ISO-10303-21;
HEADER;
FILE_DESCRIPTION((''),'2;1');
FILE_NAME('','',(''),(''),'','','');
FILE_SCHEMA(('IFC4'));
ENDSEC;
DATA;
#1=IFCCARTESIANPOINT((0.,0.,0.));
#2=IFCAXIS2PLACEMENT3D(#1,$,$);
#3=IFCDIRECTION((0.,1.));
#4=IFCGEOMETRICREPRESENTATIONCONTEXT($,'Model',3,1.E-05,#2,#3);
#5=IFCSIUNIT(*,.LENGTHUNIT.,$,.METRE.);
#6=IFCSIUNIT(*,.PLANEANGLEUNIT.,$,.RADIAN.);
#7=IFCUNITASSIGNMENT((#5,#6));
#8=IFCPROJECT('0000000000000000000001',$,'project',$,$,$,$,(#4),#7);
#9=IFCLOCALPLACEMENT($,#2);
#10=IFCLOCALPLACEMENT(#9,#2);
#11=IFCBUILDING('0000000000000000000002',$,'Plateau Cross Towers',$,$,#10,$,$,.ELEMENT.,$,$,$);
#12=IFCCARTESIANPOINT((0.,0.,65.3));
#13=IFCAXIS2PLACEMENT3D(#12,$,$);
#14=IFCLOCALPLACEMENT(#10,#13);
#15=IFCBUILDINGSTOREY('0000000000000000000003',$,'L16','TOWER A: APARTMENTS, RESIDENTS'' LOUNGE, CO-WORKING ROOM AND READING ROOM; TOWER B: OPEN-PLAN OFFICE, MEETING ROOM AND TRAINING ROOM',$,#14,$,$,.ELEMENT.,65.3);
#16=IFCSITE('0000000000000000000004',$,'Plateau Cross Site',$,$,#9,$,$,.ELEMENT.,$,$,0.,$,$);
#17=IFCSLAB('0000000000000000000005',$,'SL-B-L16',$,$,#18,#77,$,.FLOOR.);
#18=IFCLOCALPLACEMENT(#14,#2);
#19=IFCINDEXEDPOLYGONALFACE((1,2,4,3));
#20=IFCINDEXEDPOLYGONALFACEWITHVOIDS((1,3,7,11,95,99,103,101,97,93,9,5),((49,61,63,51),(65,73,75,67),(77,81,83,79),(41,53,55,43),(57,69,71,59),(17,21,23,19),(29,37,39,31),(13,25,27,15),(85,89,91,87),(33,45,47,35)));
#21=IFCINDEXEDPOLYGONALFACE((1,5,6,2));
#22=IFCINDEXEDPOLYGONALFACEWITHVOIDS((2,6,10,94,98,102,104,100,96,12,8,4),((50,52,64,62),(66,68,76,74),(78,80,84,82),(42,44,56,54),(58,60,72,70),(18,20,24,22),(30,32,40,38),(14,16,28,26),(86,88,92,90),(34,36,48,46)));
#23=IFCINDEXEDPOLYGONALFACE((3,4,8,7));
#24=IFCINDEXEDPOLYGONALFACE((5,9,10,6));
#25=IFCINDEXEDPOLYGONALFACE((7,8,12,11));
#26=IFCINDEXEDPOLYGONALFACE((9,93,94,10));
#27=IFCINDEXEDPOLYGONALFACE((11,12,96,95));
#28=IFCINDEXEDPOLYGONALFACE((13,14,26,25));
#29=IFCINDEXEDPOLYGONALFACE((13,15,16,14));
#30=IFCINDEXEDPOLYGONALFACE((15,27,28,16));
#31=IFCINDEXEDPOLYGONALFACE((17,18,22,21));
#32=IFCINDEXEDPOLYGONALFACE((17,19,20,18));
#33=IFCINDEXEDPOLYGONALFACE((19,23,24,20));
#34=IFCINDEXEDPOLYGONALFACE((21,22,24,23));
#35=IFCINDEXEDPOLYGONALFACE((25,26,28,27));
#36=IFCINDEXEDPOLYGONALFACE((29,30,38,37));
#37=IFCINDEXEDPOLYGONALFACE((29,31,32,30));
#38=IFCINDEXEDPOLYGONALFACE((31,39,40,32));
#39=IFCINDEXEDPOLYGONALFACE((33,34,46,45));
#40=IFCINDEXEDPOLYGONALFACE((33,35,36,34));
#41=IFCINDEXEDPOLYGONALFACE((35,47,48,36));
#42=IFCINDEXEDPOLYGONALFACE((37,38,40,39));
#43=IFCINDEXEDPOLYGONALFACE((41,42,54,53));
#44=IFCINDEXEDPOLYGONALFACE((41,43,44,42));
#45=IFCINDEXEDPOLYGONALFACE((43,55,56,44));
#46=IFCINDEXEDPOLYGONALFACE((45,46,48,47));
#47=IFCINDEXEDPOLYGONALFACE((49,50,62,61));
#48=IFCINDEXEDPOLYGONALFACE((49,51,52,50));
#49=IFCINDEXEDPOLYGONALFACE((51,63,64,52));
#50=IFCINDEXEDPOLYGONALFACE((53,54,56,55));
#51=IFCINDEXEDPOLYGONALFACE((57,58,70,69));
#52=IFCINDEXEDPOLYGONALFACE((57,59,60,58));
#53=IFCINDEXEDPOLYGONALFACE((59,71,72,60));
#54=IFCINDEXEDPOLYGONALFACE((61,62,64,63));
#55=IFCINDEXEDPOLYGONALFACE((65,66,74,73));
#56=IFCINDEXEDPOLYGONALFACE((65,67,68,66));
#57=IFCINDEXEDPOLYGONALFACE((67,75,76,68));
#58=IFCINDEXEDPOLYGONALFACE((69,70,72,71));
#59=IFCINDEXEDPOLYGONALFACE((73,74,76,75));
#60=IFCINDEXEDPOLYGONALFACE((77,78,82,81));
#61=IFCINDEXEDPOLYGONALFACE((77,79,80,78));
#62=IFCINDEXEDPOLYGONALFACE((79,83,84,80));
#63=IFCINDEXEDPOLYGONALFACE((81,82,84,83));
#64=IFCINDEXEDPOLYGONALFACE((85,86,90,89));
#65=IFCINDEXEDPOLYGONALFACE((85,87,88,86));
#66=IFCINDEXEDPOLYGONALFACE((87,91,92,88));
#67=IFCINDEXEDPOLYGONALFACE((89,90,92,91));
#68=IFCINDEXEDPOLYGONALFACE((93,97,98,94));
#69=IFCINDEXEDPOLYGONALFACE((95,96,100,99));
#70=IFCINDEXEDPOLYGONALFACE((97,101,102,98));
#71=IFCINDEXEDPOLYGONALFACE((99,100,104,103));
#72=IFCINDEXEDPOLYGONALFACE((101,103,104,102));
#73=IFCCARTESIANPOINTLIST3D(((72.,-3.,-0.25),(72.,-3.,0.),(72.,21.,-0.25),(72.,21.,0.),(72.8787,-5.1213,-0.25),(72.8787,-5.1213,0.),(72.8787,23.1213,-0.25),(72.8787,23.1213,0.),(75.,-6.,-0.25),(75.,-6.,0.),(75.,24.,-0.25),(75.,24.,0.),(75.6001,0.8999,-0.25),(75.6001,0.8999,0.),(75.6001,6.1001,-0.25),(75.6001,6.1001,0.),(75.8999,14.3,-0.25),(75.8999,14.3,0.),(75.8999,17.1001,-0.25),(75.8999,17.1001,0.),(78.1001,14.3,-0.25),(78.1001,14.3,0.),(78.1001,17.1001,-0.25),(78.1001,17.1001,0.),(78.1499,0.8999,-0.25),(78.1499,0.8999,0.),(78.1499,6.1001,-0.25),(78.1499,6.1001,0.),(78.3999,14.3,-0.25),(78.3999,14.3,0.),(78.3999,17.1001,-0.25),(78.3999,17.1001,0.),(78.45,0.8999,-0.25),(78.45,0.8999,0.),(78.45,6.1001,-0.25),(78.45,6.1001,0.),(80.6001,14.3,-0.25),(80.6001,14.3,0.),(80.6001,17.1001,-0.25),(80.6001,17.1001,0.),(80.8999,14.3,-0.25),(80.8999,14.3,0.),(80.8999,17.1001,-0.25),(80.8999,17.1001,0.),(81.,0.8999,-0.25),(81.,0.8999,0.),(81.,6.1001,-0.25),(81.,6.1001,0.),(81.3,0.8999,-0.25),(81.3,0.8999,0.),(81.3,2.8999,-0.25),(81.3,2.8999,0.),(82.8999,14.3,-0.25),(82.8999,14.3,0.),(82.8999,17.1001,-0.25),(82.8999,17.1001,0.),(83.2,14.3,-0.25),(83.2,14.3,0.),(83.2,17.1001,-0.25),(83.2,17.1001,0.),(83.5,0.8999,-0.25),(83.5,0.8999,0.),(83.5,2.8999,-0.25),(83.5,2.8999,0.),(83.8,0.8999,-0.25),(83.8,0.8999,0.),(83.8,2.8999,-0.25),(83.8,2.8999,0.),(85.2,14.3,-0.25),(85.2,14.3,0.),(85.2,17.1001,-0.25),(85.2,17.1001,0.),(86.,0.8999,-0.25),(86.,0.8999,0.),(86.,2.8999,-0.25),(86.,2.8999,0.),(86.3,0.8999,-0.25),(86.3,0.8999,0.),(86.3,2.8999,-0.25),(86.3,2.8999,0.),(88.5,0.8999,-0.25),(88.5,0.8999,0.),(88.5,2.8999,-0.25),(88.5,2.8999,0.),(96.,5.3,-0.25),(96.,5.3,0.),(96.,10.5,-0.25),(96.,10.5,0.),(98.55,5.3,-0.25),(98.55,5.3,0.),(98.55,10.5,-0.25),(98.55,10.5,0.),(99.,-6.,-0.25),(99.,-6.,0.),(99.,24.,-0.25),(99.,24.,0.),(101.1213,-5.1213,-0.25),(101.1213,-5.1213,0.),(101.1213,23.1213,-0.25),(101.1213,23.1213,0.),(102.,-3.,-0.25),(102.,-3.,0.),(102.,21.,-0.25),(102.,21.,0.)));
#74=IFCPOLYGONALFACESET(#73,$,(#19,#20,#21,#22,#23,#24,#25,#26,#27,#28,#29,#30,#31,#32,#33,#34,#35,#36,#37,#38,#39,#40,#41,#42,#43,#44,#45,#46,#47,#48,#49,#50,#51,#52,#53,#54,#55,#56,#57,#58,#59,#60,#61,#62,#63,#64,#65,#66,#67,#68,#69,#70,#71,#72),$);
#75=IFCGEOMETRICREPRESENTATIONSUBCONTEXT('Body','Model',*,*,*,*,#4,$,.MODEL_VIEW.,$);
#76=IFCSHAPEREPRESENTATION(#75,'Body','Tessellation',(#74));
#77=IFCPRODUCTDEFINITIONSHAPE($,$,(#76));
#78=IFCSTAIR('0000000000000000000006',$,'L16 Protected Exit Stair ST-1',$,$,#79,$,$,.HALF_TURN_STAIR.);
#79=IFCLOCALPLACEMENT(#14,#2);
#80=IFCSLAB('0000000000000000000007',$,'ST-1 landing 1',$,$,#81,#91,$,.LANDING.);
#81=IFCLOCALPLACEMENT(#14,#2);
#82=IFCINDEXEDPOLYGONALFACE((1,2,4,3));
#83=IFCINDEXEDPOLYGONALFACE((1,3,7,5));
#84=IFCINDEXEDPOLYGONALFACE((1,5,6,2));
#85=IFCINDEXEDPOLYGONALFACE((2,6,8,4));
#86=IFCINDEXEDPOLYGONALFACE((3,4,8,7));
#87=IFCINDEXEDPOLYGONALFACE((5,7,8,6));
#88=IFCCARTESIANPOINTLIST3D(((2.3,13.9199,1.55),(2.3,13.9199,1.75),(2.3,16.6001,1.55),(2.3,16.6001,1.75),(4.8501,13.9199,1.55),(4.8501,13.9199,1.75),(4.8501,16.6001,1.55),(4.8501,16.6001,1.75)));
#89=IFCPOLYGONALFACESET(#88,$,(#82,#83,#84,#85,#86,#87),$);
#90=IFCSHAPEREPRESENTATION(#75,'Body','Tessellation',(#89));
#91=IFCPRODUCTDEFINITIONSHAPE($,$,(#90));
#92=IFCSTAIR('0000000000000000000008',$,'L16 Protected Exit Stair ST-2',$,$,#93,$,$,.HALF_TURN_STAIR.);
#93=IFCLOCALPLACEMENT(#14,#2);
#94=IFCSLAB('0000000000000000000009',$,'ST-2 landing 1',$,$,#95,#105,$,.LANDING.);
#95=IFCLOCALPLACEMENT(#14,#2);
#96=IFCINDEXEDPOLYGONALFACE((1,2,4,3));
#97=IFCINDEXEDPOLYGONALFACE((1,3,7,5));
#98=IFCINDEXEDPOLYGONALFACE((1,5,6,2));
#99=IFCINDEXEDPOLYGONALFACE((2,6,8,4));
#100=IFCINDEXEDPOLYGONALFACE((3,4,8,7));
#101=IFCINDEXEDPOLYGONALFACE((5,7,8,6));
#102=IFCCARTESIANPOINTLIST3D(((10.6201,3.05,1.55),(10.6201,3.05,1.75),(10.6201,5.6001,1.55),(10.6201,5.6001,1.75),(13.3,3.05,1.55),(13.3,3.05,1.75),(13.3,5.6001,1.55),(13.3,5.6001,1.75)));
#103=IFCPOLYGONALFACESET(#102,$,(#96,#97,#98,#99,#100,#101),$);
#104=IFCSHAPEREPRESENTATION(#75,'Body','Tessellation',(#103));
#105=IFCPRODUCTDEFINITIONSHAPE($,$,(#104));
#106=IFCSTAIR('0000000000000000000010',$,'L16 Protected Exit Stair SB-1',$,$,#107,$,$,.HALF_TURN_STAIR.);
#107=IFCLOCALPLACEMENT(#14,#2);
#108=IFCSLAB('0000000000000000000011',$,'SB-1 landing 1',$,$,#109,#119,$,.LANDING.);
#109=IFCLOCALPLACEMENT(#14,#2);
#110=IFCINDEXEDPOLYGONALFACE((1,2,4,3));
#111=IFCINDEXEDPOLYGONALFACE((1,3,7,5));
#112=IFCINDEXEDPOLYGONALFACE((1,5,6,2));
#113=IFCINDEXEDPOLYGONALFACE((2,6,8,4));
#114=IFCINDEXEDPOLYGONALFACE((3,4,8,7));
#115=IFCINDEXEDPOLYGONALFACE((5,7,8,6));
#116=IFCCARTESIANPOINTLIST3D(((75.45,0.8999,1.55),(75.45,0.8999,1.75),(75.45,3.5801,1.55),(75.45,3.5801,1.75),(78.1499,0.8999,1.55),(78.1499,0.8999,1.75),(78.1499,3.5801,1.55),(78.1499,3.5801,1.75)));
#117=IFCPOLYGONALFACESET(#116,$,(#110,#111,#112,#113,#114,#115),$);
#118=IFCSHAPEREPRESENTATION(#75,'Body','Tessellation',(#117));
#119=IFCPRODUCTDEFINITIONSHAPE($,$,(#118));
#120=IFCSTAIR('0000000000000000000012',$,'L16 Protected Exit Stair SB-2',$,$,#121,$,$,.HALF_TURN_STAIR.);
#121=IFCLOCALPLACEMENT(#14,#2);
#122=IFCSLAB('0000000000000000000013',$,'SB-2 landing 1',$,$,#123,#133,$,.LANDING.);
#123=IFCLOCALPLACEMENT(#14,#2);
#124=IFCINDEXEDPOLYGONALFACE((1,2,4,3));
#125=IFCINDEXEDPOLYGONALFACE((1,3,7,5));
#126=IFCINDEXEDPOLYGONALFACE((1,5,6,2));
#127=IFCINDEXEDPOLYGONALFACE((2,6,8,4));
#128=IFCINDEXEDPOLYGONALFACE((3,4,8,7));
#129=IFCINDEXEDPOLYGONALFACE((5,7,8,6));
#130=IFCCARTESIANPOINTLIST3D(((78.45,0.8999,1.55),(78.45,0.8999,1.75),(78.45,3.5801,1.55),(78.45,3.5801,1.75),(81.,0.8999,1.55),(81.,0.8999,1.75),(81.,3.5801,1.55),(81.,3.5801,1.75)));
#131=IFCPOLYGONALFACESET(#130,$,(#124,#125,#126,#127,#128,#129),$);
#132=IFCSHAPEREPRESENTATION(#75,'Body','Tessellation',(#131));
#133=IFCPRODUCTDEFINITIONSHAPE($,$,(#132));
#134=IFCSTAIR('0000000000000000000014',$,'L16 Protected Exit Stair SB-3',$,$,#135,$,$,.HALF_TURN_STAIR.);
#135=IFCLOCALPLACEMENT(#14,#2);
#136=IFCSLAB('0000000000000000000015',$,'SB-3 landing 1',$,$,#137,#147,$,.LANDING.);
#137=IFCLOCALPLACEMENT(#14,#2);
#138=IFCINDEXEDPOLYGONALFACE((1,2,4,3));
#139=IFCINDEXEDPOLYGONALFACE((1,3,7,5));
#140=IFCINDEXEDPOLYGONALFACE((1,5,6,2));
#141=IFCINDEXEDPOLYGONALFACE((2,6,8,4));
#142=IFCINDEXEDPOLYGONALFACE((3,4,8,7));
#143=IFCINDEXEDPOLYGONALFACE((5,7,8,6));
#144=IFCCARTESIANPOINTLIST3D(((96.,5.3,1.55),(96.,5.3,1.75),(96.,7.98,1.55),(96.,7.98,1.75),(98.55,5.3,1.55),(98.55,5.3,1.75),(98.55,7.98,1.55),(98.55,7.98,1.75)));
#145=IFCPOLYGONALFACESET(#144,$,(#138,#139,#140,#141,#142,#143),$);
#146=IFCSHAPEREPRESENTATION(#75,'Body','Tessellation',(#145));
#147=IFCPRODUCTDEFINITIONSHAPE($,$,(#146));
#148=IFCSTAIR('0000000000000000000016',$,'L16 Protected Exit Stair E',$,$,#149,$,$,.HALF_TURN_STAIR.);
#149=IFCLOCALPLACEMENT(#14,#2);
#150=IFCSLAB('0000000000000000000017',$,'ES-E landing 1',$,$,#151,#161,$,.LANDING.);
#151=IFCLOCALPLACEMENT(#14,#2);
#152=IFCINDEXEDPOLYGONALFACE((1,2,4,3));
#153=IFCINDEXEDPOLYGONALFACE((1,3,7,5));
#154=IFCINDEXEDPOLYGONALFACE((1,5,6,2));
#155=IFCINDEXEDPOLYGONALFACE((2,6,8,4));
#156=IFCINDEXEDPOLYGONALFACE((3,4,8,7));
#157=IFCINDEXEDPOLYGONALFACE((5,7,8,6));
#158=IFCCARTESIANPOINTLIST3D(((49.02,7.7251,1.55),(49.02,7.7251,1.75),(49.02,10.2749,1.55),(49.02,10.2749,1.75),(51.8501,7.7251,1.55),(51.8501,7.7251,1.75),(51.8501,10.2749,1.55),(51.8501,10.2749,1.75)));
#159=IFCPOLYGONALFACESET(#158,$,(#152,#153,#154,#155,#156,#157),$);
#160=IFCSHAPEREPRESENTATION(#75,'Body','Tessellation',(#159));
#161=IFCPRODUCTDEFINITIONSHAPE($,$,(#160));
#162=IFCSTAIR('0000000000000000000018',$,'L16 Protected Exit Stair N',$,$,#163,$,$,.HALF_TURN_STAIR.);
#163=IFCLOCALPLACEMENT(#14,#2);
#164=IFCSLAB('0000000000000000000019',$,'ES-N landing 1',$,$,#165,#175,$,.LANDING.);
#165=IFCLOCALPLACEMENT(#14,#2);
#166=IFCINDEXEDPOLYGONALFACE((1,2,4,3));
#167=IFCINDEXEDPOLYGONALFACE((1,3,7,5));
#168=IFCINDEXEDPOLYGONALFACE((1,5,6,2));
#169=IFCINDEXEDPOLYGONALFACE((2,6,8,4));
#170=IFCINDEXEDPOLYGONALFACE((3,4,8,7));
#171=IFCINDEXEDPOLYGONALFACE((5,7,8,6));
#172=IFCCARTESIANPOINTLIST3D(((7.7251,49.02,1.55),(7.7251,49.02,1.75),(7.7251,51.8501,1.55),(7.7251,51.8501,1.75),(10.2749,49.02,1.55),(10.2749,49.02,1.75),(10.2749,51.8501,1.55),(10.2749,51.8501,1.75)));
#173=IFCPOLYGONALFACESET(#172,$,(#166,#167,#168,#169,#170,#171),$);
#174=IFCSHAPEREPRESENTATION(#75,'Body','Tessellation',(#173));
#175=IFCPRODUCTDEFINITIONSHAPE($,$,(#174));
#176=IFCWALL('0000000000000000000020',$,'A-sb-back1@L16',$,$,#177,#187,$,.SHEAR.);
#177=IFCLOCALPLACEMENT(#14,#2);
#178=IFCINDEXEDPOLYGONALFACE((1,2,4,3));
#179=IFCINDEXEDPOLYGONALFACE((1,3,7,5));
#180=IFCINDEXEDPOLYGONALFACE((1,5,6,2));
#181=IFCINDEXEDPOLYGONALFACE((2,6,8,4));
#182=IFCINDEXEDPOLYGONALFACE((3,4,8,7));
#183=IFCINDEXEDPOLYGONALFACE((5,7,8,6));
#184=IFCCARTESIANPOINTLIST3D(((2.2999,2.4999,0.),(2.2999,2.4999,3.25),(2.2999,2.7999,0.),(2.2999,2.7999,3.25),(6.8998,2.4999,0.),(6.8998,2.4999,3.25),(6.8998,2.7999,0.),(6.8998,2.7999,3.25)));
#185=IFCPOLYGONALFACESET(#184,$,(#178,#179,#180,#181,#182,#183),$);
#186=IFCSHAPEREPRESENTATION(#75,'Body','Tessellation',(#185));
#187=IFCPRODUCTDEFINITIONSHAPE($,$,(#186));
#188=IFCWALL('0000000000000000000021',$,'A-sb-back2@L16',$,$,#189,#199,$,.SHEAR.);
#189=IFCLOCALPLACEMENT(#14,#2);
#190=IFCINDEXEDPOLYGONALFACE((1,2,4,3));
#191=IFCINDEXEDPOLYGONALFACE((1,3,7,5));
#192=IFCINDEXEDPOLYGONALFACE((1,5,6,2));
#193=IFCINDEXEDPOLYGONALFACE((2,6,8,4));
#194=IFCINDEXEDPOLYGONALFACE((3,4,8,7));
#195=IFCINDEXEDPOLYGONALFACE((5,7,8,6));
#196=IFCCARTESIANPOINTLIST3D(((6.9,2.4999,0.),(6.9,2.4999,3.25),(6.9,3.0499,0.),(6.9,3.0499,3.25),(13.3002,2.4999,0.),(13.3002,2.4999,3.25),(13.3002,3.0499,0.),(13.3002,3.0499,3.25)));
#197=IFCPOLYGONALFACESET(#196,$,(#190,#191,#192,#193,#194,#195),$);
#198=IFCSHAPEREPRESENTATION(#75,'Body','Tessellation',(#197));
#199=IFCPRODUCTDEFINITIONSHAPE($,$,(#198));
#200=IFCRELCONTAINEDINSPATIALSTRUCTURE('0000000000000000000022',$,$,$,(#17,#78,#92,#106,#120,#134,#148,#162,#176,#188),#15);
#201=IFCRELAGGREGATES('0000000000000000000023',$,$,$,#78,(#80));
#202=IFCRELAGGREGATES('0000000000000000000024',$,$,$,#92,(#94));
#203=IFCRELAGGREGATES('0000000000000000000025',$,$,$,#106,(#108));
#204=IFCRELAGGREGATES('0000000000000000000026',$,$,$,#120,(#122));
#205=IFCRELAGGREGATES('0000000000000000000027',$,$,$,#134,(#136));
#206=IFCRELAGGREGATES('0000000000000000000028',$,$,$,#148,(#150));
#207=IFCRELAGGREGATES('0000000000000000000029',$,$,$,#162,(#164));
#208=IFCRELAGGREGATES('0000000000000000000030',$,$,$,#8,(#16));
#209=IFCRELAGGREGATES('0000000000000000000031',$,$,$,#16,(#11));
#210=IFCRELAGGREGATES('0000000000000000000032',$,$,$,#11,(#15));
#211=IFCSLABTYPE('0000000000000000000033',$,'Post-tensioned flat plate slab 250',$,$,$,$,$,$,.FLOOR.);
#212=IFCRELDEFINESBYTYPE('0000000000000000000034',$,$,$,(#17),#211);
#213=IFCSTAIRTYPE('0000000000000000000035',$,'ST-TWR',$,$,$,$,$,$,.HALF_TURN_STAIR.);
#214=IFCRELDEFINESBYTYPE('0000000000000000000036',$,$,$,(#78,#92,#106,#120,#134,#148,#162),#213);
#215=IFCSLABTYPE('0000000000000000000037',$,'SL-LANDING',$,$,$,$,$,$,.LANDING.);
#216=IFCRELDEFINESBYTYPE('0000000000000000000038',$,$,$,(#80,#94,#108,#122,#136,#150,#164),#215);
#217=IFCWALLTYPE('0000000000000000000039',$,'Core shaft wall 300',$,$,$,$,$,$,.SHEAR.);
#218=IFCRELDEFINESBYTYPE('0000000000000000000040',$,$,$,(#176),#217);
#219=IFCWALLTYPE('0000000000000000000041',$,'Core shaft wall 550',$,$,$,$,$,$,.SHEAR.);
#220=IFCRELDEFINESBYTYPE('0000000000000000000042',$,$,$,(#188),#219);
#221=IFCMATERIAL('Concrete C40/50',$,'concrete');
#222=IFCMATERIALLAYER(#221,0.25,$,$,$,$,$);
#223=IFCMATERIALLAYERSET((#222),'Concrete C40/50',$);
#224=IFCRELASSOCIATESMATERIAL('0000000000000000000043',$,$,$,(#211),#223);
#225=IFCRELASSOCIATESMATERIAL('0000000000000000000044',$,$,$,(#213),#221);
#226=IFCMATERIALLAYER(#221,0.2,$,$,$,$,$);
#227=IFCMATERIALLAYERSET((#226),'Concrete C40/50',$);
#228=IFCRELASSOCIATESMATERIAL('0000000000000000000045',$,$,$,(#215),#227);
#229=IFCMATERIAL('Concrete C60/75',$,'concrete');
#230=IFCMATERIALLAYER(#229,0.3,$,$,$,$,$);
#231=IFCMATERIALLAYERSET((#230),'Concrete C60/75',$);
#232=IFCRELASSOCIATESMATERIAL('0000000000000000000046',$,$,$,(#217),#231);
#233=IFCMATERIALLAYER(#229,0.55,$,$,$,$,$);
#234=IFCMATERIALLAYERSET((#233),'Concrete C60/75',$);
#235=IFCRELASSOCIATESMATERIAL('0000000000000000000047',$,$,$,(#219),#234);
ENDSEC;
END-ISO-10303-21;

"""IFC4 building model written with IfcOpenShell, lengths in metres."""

from ifc_helpers import new_model, si_unit, direction, frame, frame_2d, origin, place, context, subcontext, project, spatial, polyline, rectangle, outline, extrude, material, layer, layer_set, type_object, element, aggregate, save


model = new_model("IFC4")

# Units and contexts
model_context = context("Model", 3, precision=1e-05, world=origin(), true_north=direction((0.0, 1.0)))
body_context = subcontext(model_context, "Body", "Model", "MODEL_VIEW")
ifc_project = project(units=[si_unit("LENGTHUNIT", "METRE"), si_unit("PLANEANGLEUNIT", "RADIAN")], contexts=[model_context])

# Site, building, storey
site_placement = place(None, origin())
site = spatial("IfcSite", under=ifc_project, at=site_placement, Name="Plateau Cross Site", CompositionType="ELEMENT", RefElevation=0.0)
building_placement = place(site_placement, origin())
building = spatial("IfcBuilding", under=site, at=building_placement, Name="Plateau Cross Towers", CompositionType="ELEMENT")
storey_placement = place(building_placement, frame((0.0, 0.0, 65.3)))
storey = spatial("IfcBuildingStorey", under=building, at=storey_placement, Name="L16", Description="TOWER A: APARTMENTS, RESIDENTS' LOUNGE, CO-WORKING ROOM AND READING ROOM; TOWER B: OPEN-PLAN OFFICE, MEETING ROOM AND TRAINING ROOM", CompositionType="ELEMENT", Elevation=65.3)

# Shared definitions
ifc_material_1 = material(Name="Concrete C60/75", Category="concrete")

# Shared definitions
ifc_material_2 = material(Name="Concrete C40/50", Category="concrete")

# Slab
ifc_layer_1 = layer(ifc_material_2, 0.25)
ifc_layer_set_1 = layer_set([ifc_layer_1], Name="Concrete C40/50")
slab_type_1 = type_object("IfcSlabType", Name="Post-tensioned flat plate slab 250", PredefinedType="FLOOR", material=ifc_layer_set_1)
slab_1_placement = place(storey_placement, frame((0.0, 0.0, -0.25)))
element("IfcSlab", 1, at=slab_1_placement, inside=storey, type_object=slab_type_1, Name="SL-B-L16", PredefinedType="FLOOR", context=body_context, shape_type="SweptSolid", body=[
    extrude(outline(polyline([(72.8787, -5.1213), (72.0, -3.0), (72.0, 21.0), (72.8787, 23.1213), (75.0, 24.0), (99.0, 24.0), (101.1213, 23.1213), (102.0, 21.0), (102.0, -3.0), (101.1213, -5.1213), (99.0, -6.0), (75.0, -6.0), (72.8787, -5.1213)]), holes=[polyline([(75.6001, 0.8999), (78.1499, 0.8999), (78.1499, 6.1001), (75.6001, 6.1001), (75.6001, 0.8999)]), polyline([(78.1001, 14.3), (78.1001, 17.1001), (75.8999, 17.1001), (75.8999, 14.3), (78.1001, 14.3)]), polyline([(83.5, 0.8999), (83.5, 2.8999), (81.3, 2.8999), (81.3, 0.8999), (83.5, 0.8999)]), polyline([(86.0, 0.8999), (86.0, 2.8999), (83.8, 2.8999), (83.8, 0.8999), (86.0, 0.8999)]), polyline([(88.5, 0.8999), (88.5, 2.8999), (86.3, 2.8999), (86.3, 0.8999), (88.5, 0.8999)]), polyline([(78.45, 0.8999), (81.0, 0.8999), (81.0, 6.1001), (78.45, 6.1001), (78.45, 0.8999)]), polyline([(96.0, 5.3), (98.55, 5.3), (98.55, 10.5), (96.0, 10.5), (96.0, 5.3)]), polyline([(80.6001, 14.3), (80.6001, 17.1001), (78.3999, 17.1001), (78.3999, 14.3), (80.6001, 14.3)]), polyline([(80.8999, 14.3), (82.8999, 14.3), (82.8999, 17.1001), (80.8999, 17.1001), (80.8999, 14.3)]), polyline([(83.2, 14.3), (85.2, 14.3), (85.2, 17.1001), (83.2, 17.1001), (83.2, 14.3)])]), origin(), (0.0, 0.0, 1.0), 0.25),
])

# Stairs, slabs
stair_type = type_object("IfcStairType", Name="ST-TWR", PredefinedType="HALF_TURN_STAIR", material=ifc_material_2)
stair_1_placement = place(storey_placement, origin())
stair_1 = element("IfcStair", 2, at=stair_1_placement, inside=storey, type_object=stair_type, Name="L16 Protected Exit Stair ST-1", PredefinedType="HALF_TURN_STAIR")
ifc_layer_2 = layer(ifc_material_2, 0.2)
ifc_layer_set_2 = layer_set([ifc_layer_2], Name="Concrete C40/50")
slab_type_2 = type_object("IfcSlabType", Name="SL-LANDING", PredefinedType="LANDING", material=ifc_layer_set_2)
slab_2_placement = place(storey_placement, frame((0.0, 0.0, 1.55)))
slab_2 = element("IfcSlab", 3, at=slab_2_placement, type_object=slab_type_2, Name="ST-1 landing 1", PredefinedType="LANDING", context=body_context, shape_type="SweptSolid", body=[
    extrude(outline(polyline([(4.8501, 13.9199), (4.8501, 16.6001), (2.3, 16.6001), (2.3, 13.9199), (4.8501, 13.9199)])), origin(), (0.0, 0.0, 1.0), 0.2),
])
aggregate(stair_1, [slab_2])
stair_2_placement = place(storey_placement, origin())
stair_2 = element("IfcStair", 4, at=stair_2_placement, inside=storey, type_object=stair_type, Name="L16 Protected Exit Stair ST-2", PredefinedType="HALF_TURN_STAIR")
slab_3_placement = place(storey_placement, frame((0.0, 0.0, 1.55)))
slab_3 = element("IfcSlab", 5, at=slab_3_placement, type_object=slab_type_2, Name="ST-2 landing 1", PredefinedType="LANDING", context=body_context, shape_type="SweptSolid", body=[
    extrude(outline(polyline([(10.6201, 3.05), (13.3, 3.05), (13.3, 5.6001), (10.6201, 5.6001), (10.6201, 3.05)])), origin(), (0.0, 0.0, 1.0), 0.2),
])
aggregate(stair_2, [slab_3])
stair_3_placement = place(storey_placement, origin())
stair_3 = element("IfcStair", 6, at=stair_3_placement, inside=storey, type_object=stair_type, Name="L16 Protected Exit Stair SB-1", PredefinedType="HALF_TURN_STAIR")
slab_4_placement = place(storey_placement, frame((0.0, 0.0, 1.55)))
slab_4 = element("IfcSlab", 7, at=slab_4_placement, type_object=slab_type_2, Name="SB-1 landing 1", PredefinedType="LANDING", context=body_context, shape_type="SweptSolid", body=[
    extrude(outline(polyline([(75.45, 3.5801), (75.45, 0.8999), (78.1499, 0.8999), (78.1499, 3.5801), (75.45, 3.5801)])), origin(), (0.0, 0.0, 1.0), 0.2),
])
aggregate(stair_3, [slab_4])
stair_4_placement = place(storey_placement, origin())
stair_4 = element("IfcStair", 8, at=stair_4_placement, inside=storey, type_object=stair_type, Name="L16 Protected Exit Stair SB-2", PredefinedType="HALF_TURN_STAIR")
slab_5_placement = place(storey_placement, frame((0.0, 0.0, 1.55)))
slab_5 = element("IfcSlab", 9, at=slab_5_placement, type_object=slab_type_2, Name="SB-2 landing 1", PredefinedType="LANDING", context=body_context, shape_type="SweptSolid", body=[
    extrude(outline(polyline([(78.45, 3.5801), (78.45, 0.8999), (81.0, 0.8999), (81.0, 3.5801), (78.45, 3.5801)])), origin(), (0.0, 0.0, 1.0), 0.2),
])
aggregate(stair_4, [slab_5])
stair_5_placement = place(storey_placement, origin())
stair_5 = element("IfcStair", 10, at=stair_5_placement, inside=storey, type_object=stair_type, Name="L16 Protected Exit Stair SB-3", PredefinedType="HALF_TURN_STAIR")
slab_6_placement = place(storey_placement, frame((0.0, 0.0, 1.55)))
slab_6 = element("IfcSlab", 11, at=slab_6_placement, type_object=slab_type_2, Name="SB-3 landing 1", PredefinedType="LANDING", context=body_context, shape_type="SweptSolid", body=[
    extrude(outline(polyline([(96.0, 7.98), (96.0, 5.3), (98.55, 5.3), (98.55, 7.98), (96.0, 7.98)])), origin(), (0.0, 0.0, 1.0), 0.2),
])
aggregate(stair_5, [slab_6])
stair_6_placement = place(storey_placement, origin())
stair_6 = element("IfcStair", 12, at=stair_6_placement, inside=storey, type_object=stair_type, Name="L16 Protected Exit Stair E", PredefinedType="HALF_TURN_STAIR")
slab_7_placement = place(storey_placement, frame((0.0, 0.0, 1.55)))
slab_7 = element("IfcSlab", 13, at=slab_7_placement, type_object=slab_type_2, Name="ES-E landing 1", PredefinedType="LANDING", context=body_context, shape_type="SweptSolid", body=[
    extrude(outline(polyline([(49.02, 7.7251), (51.8501, 7.7251), (51.8501, 10.2749), (49.02, 10.2749), (49.02, 7.7251)])), origin(), (0.0, 0.0, 1.0), 0.2),
])
aggregate(stair_6, [slab_7])
stair_7_placement = place(storey_placement, origin())
stair_7 = element("IfcStair", 14, at=stair_7_placement, inside=storey, type_object=stair_type, Name="L16 Protected Exit Stair N", PredefinedType="HALF_TURN_STAIR")
slab_8_placement = place(storey_placement, frame((0.0, 0.0, 1.55)))
slab_8 = element("IfcSlab", 15, at=slab_8_placement, type_object=slab_type_2, Name="ES-N landing 1", PredefinedType="LANDING", context=body_context, shape_type="SweptSolid", body=[
    extrude(outline(polyline([(10.2749, 49.02), (10.2749, 51.8501), (7.7251, 51.8501), (7.7251, 49.02), (10.2749, 49.02)])), origin(), (0.0, 0.0, 1.0), 0.2),
])
aggregate(stair_7, [slab_8])

# Walls
ifc_layer_3 = layer(ifc_material_1, 0.3)
ifc_layer_set_3 = layer_set([ifc_layer_3], Name="Concrete C60/75")
wall_type_1 = type_object("IfcWallType", Name="Core shaft wall 300", PredefinedType="SHEAR", material=ifc_layer_set_3)
wall_1_placement = place(storey_placement, frame((2.3, 2.6499, 0.0), z_axis=(0.0, 0.0, 1.0), x_axis=(1.0, 0.0, 0.0)))
element("IfcWall", 16, at=wall_1_placement, inside=storey, type_object=wall_type_1, Name="A-sb-back1@L16", PredefinedType="SHEAR", context=body_context, shape_type="SweptSolid", body=[
    extrude(rectangle(XDim=4.5999, YDim=0.3, at=frame_2d((2.2998, 0.0))), origin(), (0.0, 0.0, 1.0), 3.25),
])
ifc_layer_4 = layer(ifc_material_1, 0.55)
ifc_layer_set_4 = layer_set([ifc_layer_4], Name="Concrete C60/75")
wall_type_2 = type_object("IfcWallType", Name="Core shaft wall 550", PredefinedType="SHEAR", material=ifc_layer_set_4)
wall_2_placement = place(storey_placement, frame((6.8999, 2.7749, 0.0), z_axis=(0.0, 0.0, 1.0), x_axis=(1.0, 0.0, 0.0)))
element("IfcWall", 17, at=wall_2_placement, inside=storey, type_object=wall_type_2, Name="A-sb-back2@L16", PredefinedType="SHEAR", context=body_context, shape_type="SweptSolid", body=[
    extrude(rectangle(XDim=6.4001, YDim=0.55, at=frame_2d((3.2002, 0.0))), origin(), (0.0, 0.0, 1.0), 3.25),
])

save(model, "model.ifc")
